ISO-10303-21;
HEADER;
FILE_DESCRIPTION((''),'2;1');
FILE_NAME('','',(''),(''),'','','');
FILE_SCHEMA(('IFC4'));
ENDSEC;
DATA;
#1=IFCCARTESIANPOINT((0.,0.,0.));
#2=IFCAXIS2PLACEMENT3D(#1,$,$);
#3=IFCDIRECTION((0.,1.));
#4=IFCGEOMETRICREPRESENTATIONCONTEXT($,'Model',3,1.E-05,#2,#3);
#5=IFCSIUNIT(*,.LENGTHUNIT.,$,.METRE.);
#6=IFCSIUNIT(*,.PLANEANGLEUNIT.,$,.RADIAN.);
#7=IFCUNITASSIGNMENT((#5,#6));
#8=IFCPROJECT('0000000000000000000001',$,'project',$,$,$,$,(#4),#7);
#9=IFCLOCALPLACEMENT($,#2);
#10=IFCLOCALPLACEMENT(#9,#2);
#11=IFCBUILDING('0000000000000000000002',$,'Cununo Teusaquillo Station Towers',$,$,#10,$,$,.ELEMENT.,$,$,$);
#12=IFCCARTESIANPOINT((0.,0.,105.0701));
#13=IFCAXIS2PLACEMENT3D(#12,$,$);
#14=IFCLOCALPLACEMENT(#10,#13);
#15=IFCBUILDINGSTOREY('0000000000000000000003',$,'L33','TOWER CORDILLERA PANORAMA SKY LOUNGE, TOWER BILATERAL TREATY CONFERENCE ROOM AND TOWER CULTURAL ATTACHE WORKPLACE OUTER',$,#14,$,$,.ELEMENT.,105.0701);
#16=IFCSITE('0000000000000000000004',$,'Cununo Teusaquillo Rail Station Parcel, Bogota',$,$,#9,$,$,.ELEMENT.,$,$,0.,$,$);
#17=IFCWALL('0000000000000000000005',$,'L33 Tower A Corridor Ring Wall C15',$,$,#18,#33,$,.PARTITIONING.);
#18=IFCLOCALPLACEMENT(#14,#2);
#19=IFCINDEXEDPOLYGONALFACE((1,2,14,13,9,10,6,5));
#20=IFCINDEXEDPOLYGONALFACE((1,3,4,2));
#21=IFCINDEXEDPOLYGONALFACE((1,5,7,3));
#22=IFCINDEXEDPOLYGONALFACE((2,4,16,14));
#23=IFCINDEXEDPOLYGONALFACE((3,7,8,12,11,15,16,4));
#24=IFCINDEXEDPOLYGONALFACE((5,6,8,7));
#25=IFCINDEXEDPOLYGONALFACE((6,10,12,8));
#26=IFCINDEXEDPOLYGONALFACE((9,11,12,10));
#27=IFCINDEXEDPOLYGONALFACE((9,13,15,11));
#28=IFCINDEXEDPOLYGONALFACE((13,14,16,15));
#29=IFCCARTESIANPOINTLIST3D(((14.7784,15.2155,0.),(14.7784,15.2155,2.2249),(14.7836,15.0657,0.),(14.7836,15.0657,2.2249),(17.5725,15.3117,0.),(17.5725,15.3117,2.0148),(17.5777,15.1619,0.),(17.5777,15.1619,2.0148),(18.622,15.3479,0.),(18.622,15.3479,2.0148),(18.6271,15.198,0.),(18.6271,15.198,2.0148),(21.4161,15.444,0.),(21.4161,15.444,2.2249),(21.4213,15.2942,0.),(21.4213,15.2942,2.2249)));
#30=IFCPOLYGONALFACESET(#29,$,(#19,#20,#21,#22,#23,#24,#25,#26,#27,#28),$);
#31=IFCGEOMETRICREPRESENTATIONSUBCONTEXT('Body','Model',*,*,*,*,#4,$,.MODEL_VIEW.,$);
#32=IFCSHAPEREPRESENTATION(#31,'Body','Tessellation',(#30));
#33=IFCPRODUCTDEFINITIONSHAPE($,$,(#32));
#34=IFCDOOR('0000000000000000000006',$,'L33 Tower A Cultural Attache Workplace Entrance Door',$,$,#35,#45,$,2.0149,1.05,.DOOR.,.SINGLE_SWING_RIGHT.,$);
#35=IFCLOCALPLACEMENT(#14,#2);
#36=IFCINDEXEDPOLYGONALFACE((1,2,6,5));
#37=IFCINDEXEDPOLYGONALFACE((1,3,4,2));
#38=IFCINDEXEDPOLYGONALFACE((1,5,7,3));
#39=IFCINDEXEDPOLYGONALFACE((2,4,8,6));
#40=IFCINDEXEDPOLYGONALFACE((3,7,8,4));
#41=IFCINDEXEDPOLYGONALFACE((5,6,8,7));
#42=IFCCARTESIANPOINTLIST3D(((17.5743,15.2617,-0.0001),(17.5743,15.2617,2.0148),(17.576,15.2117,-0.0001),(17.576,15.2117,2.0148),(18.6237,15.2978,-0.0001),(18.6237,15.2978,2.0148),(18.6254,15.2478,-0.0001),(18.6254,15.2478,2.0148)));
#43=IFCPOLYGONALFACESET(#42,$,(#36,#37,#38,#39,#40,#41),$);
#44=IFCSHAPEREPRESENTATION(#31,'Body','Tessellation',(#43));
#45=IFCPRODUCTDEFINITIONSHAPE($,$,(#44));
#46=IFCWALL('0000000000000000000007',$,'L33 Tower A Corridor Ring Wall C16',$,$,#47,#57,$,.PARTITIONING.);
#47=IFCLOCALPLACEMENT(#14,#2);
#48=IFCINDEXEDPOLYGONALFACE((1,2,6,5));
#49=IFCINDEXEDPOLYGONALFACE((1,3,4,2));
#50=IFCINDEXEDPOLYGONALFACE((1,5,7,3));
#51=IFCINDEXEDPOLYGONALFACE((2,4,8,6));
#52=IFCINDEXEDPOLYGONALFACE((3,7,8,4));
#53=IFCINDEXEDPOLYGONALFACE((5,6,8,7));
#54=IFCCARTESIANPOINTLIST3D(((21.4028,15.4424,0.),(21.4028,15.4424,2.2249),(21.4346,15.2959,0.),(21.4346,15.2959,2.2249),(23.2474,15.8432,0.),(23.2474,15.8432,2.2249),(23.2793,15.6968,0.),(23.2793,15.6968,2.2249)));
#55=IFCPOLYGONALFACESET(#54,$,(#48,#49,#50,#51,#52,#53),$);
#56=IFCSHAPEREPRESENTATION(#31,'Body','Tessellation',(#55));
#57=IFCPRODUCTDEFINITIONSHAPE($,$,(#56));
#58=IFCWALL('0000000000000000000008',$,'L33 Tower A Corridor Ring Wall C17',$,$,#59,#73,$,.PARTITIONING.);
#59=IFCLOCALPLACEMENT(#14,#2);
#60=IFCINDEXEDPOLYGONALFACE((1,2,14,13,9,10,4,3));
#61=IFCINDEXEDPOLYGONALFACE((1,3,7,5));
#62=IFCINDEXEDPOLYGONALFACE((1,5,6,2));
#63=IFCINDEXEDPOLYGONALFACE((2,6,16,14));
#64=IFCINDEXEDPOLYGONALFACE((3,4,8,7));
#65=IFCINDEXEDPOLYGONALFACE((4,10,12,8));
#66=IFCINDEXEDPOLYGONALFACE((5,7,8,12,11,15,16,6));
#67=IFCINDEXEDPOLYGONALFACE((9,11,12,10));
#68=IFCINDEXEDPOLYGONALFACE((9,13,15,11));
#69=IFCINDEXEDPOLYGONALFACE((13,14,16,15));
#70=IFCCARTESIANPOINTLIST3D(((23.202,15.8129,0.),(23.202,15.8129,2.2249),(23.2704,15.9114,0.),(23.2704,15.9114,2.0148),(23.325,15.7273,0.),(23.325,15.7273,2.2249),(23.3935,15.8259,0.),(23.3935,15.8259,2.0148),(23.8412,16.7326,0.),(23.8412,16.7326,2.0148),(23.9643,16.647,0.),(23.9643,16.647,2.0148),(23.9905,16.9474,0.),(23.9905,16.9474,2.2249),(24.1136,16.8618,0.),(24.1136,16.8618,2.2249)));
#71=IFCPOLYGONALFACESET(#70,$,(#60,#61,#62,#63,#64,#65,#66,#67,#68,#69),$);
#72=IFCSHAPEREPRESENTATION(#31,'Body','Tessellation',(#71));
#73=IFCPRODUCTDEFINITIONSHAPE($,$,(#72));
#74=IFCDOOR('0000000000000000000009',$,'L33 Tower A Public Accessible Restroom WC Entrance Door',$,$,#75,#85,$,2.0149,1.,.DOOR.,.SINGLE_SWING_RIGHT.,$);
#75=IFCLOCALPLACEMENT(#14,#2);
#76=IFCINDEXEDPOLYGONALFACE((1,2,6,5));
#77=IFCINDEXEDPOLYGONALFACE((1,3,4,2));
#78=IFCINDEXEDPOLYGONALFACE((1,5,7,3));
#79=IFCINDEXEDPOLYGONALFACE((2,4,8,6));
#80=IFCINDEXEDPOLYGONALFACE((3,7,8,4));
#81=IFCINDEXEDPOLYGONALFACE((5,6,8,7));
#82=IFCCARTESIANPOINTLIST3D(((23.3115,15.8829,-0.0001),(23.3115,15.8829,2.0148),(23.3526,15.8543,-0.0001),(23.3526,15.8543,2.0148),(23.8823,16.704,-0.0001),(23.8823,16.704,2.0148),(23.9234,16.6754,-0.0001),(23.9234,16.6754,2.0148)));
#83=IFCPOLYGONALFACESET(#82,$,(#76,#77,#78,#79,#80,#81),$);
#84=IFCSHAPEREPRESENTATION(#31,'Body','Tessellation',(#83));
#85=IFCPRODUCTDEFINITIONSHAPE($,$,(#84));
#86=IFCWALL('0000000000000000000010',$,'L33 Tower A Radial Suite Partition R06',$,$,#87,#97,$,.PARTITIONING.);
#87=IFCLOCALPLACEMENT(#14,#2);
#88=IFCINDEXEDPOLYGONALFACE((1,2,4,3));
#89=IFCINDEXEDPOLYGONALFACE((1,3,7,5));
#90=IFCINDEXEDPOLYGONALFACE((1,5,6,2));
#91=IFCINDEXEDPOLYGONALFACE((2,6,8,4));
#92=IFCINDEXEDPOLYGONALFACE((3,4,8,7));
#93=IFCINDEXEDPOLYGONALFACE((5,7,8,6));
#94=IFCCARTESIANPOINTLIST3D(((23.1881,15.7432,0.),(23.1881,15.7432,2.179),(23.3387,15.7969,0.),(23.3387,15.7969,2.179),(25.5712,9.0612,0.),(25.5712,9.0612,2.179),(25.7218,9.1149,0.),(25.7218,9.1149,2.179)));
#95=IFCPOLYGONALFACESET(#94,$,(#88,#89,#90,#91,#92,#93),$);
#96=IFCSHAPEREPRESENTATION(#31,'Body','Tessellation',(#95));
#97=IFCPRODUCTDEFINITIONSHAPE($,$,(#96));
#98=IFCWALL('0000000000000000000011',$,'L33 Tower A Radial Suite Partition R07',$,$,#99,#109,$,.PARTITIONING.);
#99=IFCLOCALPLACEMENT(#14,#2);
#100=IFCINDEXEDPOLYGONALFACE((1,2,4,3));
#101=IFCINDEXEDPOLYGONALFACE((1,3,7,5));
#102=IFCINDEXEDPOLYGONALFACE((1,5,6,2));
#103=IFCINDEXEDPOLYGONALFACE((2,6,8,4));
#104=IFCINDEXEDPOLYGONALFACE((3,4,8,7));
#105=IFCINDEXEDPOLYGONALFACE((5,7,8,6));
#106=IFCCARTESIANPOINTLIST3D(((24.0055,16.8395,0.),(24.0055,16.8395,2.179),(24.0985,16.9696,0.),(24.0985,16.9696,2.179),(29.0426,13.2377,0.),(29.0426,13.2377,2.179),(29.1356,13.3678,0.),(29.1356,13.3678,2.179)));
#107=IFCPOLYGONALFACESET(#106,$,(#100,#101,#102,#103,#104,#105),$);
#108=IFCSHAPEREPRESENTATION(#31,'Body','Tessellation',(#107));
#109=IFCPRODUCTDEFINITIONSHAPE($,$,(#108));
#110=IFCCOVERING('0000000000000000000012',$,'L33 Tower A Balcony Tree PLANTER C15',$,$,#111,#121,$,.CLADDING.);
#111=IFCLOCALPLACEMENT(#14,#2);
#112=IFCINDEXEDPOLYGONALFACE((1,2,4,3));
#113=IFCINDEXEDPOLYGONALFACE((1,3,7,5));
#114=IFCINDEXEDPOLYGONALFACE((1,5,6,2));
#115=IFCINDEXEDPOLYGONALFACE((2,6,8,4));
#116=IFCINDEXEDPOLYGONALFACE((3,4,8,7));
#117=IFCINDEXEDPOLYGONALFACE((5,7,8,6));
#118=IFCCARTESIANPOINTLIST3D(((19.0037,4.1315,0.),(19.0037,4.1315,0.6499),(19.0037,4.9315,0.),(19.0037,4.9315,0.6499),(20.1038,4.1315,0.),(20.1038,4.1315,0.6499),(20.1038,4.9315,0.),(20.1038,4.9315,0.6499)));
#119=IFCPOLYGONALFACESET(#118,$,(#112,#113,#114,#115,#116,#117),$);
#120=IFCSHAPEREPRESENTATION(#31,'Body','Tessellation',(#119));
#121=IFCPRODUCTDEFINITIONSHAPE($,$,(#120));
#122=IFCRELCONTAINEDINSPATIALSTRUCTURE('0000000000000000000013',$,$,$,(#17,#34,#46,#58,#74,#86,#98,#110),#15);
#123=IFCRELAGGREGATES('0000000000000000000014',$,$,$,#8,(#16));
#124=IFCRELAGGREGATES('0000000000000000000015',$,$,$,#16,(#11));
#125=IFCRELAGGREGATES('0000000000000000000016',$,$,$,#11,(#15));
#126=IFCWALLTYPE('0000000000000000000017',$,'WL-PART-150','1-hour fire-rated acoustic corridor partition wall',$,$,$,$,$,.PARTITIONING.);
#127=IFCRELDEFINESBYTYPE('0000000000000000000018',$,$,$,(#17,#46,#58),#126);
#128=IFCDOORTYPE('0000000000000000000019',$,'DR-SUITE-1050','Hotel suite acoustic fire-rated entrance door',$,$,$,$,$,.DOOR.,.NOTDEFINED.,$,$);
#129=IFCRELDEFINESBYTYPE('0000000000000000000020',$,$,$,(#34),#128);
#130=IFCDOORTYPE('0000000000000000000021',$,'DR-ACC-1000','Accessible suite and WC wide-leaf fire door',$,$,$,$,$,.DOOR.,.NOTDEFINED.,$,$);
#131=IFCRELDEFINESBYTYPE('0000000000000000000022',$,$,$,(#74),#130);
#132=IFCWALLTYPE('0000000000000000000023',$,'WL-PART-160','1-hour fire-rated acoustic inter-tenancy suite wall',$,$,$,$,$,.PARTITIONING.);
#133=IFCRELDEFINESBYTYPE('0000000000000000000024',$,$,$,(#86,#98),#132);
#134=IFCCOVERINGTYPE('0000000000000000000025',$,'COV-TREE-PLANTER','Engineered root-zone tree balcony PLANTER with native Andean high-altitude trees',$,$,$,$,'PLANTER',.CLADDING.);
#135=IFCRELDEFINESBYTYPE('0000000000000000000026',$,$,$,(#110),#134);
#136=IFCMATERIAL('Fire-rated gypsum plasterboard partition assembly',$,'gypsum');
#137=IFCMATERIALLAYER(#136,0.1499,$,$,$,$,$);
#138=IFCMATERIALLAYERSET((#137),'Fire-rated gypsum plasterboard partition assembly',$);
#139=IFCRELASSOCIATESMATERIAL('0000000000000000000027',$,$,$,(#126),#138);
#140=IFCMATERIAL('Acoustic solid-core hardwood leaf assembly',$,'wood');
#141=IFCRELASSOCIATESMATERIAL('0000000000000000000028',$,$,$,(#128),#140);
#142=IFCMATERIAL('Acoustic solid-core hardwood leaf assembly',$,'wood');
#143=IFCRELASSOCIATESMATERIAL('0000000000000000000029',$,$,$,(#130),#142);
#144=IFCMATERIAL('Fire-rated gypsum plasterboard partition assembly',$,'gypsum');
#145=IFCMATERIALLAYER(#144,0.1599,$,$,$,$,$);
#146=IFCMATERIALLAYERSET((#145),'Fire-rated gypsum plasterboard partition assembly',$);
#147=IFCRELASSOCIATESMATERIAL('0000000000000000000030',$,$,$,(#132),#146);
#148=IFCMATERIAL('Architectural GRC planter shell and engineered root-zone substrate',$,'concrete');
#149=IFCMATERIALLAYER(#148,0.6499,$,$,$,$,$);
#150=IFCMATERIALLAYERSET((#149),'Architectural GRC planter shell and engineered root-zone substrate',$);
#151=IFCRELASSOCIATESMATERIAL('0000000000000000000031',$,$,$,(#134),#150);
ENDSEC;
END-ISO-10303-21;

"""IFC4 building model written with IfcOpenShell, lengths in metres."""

from ifc_helpers import new_model, si_unit, direction, frame, frame_2d, origin, origin_2d, place, context, subcontext, project, spatial, rectangle, extrude, source, transform, mapped, material, layer, layer_set, type_object, element, fill, save


model = new_model("IFC4")

# Units and contexts
model_context = context("Model", 3, precision=1e-05, world=origin(), true_north=direction((0.0, 1.0)))
body_context = subcontext(model_context, "Body", "Model", "MODEL_VIEW")
ifc_project = project(units=[si_unit("LENGTHUNIT", "METRE"), si_unit("PLANEANGLEUNIT", "RADIAN")], contexts=[model_context])

# Site, building, storey
site_placement = place(None, origin())
site = spatial("IfcSite", under=ifc_project, at=site_placement, Name="Cununo Teusaquillo Rail Station Parcel, Bogota", CompositionType="ELEMENT", RefElevation=0.0)
building_placement = place(site_placement, origin())
building = spatial("IfcBuilding", under=site, at=building_placement, Name="Cununo Teusaquillo Station Towers", CompositionType="ELEMENT")
storey_placement = place(building_placement, frame((0.0, 0.0, 105.0701)))
storey = spatial("IfcBuildingStorey", under=building, at=storey_placement, Name="L33", Description="TOWER CORDILLERA PANORAMA SKY LOUNGE, TOWER BILATERAL TREATY CONFERENCE ROOM AND TOWER CULTURAL ATTACHE WORKPLACE OUTER", CompositionType="ELEMENT", Elevation=105.0701)

# Wall, opening, door
ifc_material_1 = material(Name="Fire-rated gypsum plasterboard partition assembly", Category="gypsum")
ifc_layer_1 = layer(ifc_material_1, 0.1499)
ifc_layer_set_1 = layer_set([ifc_layer_1], Name="Fire-rated gypsum plasterboard partition assembly")
wall_type_1 = type_object("IfcWallType", Name="WL-PART-150", Description="1-hour fire-rated acoustic corridor partition wall", PredefinedType="PARTITIONING", material=ifc_layer_set_1)
wall_1_placement = place(storey_placement, frame((14.781, 15.1406, 0.0), z_axis=(0.0, 0.0, 1.0), x_axis=(0.999408, 0.034407, 0.0)))
wall_1 = element("IfcWall", 1, at=wall_1_placement, inside=storey, type_object=wall_type_1, Name="L33 Tower A Corridor Ring Wall C15", PredefinedType="PARTITIONING", context=body_context, shape_type="SweptSolid", body=[
    extrude(rectangle(XDim=6.6416, YDim=0.1499, at=frame_2d((3.3208, 0.0))), origin(), (0.0, 0.0, 1.0), 2.2249),
])
shared_shape_1 = source(origin(), body_context, "Body", "SweptSolid", [
    extrude(rectangle(XDim=1.05, YDim=2.0149, at=frame_2d((0.5249, 1.0073))), frame((0.0, 0.085, 0.0), z_axis=(0.0, -1.0, 0.0), x_axis=(1.0, 0.0, 0.0)), (0.0, 0.0, 1.0), 0.1699),
])
opening_1_placement = place(wall_1_placement, frame((2.7959, 0.0, 0.0)))
opening_1 = element("IfcOpeningElement", 2, at=opening_1_placement, cuts=wall_1, PredefinedType="OPENING", context=body_context, shape_type="MappedRepresentation", body=[
    mapped(shared_shape_1, transform((0.0, 0.0, 0.0), x_axis=(1.0, 0.0, 0.0), y_axis=(0.0, 1.0, 0.0), z_axis=(0.0, 0.0, 1.0), scale=1.0)),
])
ifc_material_2 = material(Name="Acoustic solid-core hardwood leaf assembly", Category="wood")
door_type_1 = type_object("IfcDoorType", Name="DR-SUITE-1050", Description="Hotel suite acoustic fire-rated entrance door", OperationType="NOTDEFINED", PredefinedType="DOOR", material=ifc_material_2)
shared_shape_2 = source(origin(), body_context, "Body", "SweptSolid", [
    extrude(rectangle(XDim=1.05, YDim=2.0149, at=frame_2d((0.5249, 1.0073))), frame((0.0, 0.0249, 0.0), z_axis=(0.0, -1.0, 0.0), x_axis=(1.0, 0.0, 0.0)), (0.0, 0.0, 1.0), 0.05),
])
door_1_placement = place(opening_1_placement, origin())
door_1 = element("IfcDoor", 3, at=door_1_placement, inside=storey, type_object=door_type_1, Name="L33 Tower A Cultural Attache Workplace Entrance Door", OperationType="SINGLE_SWING_RIGHT", OverallHeight=2.0149, OverallWidth=1.05, PredefinedType="DOOR", context=body_context, shape_type="MappedRepresentation", body=[
    mapped(shared_shape_2, transform((0.0, 0.0, 0.0), x_axis=(1.0, 0.0, 0.0), y_axis=(0.0, 1.0, 0.0), z_axis=(0.0, 0.0, 1.0), scale=1.0)),
])
fill(opening_1, door_1)

# Wall
wall_2_placement = place(storey_placement, frame((21.4187, 15.3691, 0.0), z_axis=(0.0, 0.0, 1.0), x_axis=(0.977193, 0.212354, 0.0)))
element("IfcWall", 4, at=wall_2_placement, inside=storey, type_object=wall_type_1, Name="L33 Tower A Corridor Ring Wall C16", PredefinedType="PARTITIONING", context=body_context, shape_type="SweptSolid", body=[
    extrude(rectangle(XDim=1.8877, YDim=0.1499, at=frame_2d((0.9438, 0.0))), origin(), (0.0, 0.0, 1.0), 2.2249),
])

# Wall, opening, door
wall_3_placement = place(storey_placement, frame((23.2634, 15.77, 0.0), z_axis=(0.0, 0.0, 1.0), x_axis=(0.570743, 0.821128, 0.0)))
wall_3 = element("IfcWall", 5, at=wall_3_placement, inside=storey, type_object=wall_type_1, Name="L33 Tower A Corridor Ring Wall C17", PredefinedType="PARTITIONING", context=body_context, shape_type="SweptSolid", body=[
    extrude(rectangle(XDim=1.3816, YDim=0.1499, at=frame_2d((0.6909, 0.0))), origin(), (0.0, 0.0, 1.0), 2.2249),
])
shared_shape_3 = source(origin(), body_context, "Body", "SweptSolid", [
    extrude(rectangle(XDim=1.0, YDim=2.0149, at=frame_2d((0.5, 1.0073))), frame((0.0, 0.085, 0.0), z_axis=(0.0, -1.0, 0.0), x_axis=(1.0, 0.0, 0.0)), (0.0, 0.0, 1.0), 0.1699),
])
opening_2_placement = place(wall_3_placement, frame((0.1201, 0.0, 0.0)))
opening_2 = element("IfcOpeningElement", 6, at=opening_2_placement, cuts=wall_3, PredefinedType="OPENING", context=body_context, shape_type="MappedRepresentation", body=[
    mapped(shared_shape_3, transform((0.0, 0.0, 0.0), x_axis=(1.0, 0.0, 0.0), y_axis=(0.0, 1.0, 0.0), z_axis=(0.0, 0.0, 1.0), scale=1.0)),
])
ifc_material_3 = material(Name="Acoustic solid-core hardwood leaf assembly", Category="wood")
door_type_2 = type_object("IfcDoorType", Name="DR-ACC-1000", Description="Accessible suite and WC wide-leaf fire door", OperationType="NOTDEFINED", PredefinedType="DOOR", material=ifc_material_3)
shared_shape_4 = source(origin(), body_context, "Body", "SweptSolid", [
    extrude(rectangle(XDim=1.0, YDim=2.0149, at=frame_2d((0.5, 1.0073))), frame((0.0, 0.0249, 0.0), z_axis=(0.0, -1.0, 0.0), x_axis=(1.0, 0.0, 0.0)), (0.0, 0.0, 1.0), 0.05),
])
door_2_placement = place(opening_2_placement, origin())
door_2 = element("IfcDoor", 7, at=door_2_placement, inside=storey, type_object=door_type_2, Name="L33 Tower A Public Accessible Restroom WC Entrance Door", OperationType="SINGLE_SWING_RIGHT", OverallHeight=2.0149, OverallWidth=1.0, PredefinedType="DOOR", context=body_context, shape_type="MappedRepresentation", body=[
    mapped(shared_shape_4, transform((0.0, 0.0, 0.0), x_axis=(1.0, 0.0, 0.0), y_axis=(0.0, 1.0, 0.0), z_axis=(0.0, 0.0, 1.0), scale=1.0)),
])
fill(opening_2, door_2)

# Walls
ifc_material_4 = material(Name="Fire-rated gypsum plasterboard partition assembly", Category="gypsum")
ifc_layer_2 = layer(ifc_material_4, 0.1599)
ifc_layer_set_2 = layer_set([ifc_layer_2], Name="Fire-rated gypsum plasterboard partition assembly")
wall_type_2 = type_object("IfcWallType", Name="WL-PART-160", Description="1-hour fire-rated acoustic inter-tenancy suite wall", PredefinedType="PARTITIONING", material=ifc_layer_set_2)
wall_4_placement = place(storey_placement, frame((23.2634, 15.77, 0.0), z_axis=(0.0, 0.0, 1.0), x_axis=(0.33592, -0.941891, 0.0)))
element("IfcWall", 8, at=wall_4_placement, inside=storey, type_object=wall_type_2, Name="L33 Tower A Radial Suite Partition R06", PredefinedType="PARTITIONING", context=body_context, shape_type="SweptSolid", body=[
    extrude(rectangle(XDim=7.0942, YDim=0.1599, at=frame_2d((3.5471, 0.0))), origin(), (0.0, 0.0, 1.0), 2.179),
])
wall_5_placement = place(storey_placement, frame((24.052, 16.9045, 0.0), z_axis=(0.0, 0.0, 1.0), x_axis=(0.813438, -0.581652, 0.0)))
element("IfcWall", 9, at=wall_5_placement, inside=storey, type_object=wall_type_2, Name="L33 Tower A Radial Suite Partition R07", PredefinedType="PARTITIONING", context=body_context, shape_type="SweptSolid", body=[
    extrude(rectangle(XDim=6.1924, YDim=0.1599, at=frame_2d((3.0962, 0.0))), origin(), (0.0, 0.0, 1.0), 2.179),
])

# Covering
ifc_material_5 = material(Name="Architectural GRC planter shell and engineered root-zone substrate", Category="concrete")
ifc_layer_3 = layer(ifc_material_5, 0.6499)
ifc_layer_set_3 = layer_set([ifc_layer_3], Name="Architectural GRC planter shell and engineered root-zone substrate")
covering_type = type_object("IfcCoveringType", Name="COV-TREE-PLANTER", Description="Engineered root-zone tree balcony PLANTER with native Andean high-altitude trees", ElementType="PLANTER", PredefinedType="CLADDING", material=ifc_layer_set_3)
shared_shape_5 = source(origin(), body_context, "Body", "SweptSolid", [
    extrude(rectangle(XDim=1.1001, YDim=0.8, at=origin_2d()), origin(), (0.0, 0.0, 1.0), 0.6499),
])
covering_placement = place(storey_placement, frame((19.5537, 4.5315, 0.0), z_axis=(0.0, 0.0, 1.0), x_axis=(1.0, 0.0, 0.0)))
element("IfcCovering", 10, at=covering_placement, inside=storey, type_object=covering_type, Name="L33 Tower A Balcony Tree PLANTER C15", PredefinedType="CLADDING", context=body_context, shape_type="MappedRepresentation", body=[
    mapped(shared_shape_5, transform((0.0, 0.0, 0.0), x_axis=(1.0, 0.0, 0.0), y_axis=(0.0, 1.0, 0.0), z_axis=(0.0, 0.0, 1.0), scale=1.0)),
])

save(model, "model.ifc")
